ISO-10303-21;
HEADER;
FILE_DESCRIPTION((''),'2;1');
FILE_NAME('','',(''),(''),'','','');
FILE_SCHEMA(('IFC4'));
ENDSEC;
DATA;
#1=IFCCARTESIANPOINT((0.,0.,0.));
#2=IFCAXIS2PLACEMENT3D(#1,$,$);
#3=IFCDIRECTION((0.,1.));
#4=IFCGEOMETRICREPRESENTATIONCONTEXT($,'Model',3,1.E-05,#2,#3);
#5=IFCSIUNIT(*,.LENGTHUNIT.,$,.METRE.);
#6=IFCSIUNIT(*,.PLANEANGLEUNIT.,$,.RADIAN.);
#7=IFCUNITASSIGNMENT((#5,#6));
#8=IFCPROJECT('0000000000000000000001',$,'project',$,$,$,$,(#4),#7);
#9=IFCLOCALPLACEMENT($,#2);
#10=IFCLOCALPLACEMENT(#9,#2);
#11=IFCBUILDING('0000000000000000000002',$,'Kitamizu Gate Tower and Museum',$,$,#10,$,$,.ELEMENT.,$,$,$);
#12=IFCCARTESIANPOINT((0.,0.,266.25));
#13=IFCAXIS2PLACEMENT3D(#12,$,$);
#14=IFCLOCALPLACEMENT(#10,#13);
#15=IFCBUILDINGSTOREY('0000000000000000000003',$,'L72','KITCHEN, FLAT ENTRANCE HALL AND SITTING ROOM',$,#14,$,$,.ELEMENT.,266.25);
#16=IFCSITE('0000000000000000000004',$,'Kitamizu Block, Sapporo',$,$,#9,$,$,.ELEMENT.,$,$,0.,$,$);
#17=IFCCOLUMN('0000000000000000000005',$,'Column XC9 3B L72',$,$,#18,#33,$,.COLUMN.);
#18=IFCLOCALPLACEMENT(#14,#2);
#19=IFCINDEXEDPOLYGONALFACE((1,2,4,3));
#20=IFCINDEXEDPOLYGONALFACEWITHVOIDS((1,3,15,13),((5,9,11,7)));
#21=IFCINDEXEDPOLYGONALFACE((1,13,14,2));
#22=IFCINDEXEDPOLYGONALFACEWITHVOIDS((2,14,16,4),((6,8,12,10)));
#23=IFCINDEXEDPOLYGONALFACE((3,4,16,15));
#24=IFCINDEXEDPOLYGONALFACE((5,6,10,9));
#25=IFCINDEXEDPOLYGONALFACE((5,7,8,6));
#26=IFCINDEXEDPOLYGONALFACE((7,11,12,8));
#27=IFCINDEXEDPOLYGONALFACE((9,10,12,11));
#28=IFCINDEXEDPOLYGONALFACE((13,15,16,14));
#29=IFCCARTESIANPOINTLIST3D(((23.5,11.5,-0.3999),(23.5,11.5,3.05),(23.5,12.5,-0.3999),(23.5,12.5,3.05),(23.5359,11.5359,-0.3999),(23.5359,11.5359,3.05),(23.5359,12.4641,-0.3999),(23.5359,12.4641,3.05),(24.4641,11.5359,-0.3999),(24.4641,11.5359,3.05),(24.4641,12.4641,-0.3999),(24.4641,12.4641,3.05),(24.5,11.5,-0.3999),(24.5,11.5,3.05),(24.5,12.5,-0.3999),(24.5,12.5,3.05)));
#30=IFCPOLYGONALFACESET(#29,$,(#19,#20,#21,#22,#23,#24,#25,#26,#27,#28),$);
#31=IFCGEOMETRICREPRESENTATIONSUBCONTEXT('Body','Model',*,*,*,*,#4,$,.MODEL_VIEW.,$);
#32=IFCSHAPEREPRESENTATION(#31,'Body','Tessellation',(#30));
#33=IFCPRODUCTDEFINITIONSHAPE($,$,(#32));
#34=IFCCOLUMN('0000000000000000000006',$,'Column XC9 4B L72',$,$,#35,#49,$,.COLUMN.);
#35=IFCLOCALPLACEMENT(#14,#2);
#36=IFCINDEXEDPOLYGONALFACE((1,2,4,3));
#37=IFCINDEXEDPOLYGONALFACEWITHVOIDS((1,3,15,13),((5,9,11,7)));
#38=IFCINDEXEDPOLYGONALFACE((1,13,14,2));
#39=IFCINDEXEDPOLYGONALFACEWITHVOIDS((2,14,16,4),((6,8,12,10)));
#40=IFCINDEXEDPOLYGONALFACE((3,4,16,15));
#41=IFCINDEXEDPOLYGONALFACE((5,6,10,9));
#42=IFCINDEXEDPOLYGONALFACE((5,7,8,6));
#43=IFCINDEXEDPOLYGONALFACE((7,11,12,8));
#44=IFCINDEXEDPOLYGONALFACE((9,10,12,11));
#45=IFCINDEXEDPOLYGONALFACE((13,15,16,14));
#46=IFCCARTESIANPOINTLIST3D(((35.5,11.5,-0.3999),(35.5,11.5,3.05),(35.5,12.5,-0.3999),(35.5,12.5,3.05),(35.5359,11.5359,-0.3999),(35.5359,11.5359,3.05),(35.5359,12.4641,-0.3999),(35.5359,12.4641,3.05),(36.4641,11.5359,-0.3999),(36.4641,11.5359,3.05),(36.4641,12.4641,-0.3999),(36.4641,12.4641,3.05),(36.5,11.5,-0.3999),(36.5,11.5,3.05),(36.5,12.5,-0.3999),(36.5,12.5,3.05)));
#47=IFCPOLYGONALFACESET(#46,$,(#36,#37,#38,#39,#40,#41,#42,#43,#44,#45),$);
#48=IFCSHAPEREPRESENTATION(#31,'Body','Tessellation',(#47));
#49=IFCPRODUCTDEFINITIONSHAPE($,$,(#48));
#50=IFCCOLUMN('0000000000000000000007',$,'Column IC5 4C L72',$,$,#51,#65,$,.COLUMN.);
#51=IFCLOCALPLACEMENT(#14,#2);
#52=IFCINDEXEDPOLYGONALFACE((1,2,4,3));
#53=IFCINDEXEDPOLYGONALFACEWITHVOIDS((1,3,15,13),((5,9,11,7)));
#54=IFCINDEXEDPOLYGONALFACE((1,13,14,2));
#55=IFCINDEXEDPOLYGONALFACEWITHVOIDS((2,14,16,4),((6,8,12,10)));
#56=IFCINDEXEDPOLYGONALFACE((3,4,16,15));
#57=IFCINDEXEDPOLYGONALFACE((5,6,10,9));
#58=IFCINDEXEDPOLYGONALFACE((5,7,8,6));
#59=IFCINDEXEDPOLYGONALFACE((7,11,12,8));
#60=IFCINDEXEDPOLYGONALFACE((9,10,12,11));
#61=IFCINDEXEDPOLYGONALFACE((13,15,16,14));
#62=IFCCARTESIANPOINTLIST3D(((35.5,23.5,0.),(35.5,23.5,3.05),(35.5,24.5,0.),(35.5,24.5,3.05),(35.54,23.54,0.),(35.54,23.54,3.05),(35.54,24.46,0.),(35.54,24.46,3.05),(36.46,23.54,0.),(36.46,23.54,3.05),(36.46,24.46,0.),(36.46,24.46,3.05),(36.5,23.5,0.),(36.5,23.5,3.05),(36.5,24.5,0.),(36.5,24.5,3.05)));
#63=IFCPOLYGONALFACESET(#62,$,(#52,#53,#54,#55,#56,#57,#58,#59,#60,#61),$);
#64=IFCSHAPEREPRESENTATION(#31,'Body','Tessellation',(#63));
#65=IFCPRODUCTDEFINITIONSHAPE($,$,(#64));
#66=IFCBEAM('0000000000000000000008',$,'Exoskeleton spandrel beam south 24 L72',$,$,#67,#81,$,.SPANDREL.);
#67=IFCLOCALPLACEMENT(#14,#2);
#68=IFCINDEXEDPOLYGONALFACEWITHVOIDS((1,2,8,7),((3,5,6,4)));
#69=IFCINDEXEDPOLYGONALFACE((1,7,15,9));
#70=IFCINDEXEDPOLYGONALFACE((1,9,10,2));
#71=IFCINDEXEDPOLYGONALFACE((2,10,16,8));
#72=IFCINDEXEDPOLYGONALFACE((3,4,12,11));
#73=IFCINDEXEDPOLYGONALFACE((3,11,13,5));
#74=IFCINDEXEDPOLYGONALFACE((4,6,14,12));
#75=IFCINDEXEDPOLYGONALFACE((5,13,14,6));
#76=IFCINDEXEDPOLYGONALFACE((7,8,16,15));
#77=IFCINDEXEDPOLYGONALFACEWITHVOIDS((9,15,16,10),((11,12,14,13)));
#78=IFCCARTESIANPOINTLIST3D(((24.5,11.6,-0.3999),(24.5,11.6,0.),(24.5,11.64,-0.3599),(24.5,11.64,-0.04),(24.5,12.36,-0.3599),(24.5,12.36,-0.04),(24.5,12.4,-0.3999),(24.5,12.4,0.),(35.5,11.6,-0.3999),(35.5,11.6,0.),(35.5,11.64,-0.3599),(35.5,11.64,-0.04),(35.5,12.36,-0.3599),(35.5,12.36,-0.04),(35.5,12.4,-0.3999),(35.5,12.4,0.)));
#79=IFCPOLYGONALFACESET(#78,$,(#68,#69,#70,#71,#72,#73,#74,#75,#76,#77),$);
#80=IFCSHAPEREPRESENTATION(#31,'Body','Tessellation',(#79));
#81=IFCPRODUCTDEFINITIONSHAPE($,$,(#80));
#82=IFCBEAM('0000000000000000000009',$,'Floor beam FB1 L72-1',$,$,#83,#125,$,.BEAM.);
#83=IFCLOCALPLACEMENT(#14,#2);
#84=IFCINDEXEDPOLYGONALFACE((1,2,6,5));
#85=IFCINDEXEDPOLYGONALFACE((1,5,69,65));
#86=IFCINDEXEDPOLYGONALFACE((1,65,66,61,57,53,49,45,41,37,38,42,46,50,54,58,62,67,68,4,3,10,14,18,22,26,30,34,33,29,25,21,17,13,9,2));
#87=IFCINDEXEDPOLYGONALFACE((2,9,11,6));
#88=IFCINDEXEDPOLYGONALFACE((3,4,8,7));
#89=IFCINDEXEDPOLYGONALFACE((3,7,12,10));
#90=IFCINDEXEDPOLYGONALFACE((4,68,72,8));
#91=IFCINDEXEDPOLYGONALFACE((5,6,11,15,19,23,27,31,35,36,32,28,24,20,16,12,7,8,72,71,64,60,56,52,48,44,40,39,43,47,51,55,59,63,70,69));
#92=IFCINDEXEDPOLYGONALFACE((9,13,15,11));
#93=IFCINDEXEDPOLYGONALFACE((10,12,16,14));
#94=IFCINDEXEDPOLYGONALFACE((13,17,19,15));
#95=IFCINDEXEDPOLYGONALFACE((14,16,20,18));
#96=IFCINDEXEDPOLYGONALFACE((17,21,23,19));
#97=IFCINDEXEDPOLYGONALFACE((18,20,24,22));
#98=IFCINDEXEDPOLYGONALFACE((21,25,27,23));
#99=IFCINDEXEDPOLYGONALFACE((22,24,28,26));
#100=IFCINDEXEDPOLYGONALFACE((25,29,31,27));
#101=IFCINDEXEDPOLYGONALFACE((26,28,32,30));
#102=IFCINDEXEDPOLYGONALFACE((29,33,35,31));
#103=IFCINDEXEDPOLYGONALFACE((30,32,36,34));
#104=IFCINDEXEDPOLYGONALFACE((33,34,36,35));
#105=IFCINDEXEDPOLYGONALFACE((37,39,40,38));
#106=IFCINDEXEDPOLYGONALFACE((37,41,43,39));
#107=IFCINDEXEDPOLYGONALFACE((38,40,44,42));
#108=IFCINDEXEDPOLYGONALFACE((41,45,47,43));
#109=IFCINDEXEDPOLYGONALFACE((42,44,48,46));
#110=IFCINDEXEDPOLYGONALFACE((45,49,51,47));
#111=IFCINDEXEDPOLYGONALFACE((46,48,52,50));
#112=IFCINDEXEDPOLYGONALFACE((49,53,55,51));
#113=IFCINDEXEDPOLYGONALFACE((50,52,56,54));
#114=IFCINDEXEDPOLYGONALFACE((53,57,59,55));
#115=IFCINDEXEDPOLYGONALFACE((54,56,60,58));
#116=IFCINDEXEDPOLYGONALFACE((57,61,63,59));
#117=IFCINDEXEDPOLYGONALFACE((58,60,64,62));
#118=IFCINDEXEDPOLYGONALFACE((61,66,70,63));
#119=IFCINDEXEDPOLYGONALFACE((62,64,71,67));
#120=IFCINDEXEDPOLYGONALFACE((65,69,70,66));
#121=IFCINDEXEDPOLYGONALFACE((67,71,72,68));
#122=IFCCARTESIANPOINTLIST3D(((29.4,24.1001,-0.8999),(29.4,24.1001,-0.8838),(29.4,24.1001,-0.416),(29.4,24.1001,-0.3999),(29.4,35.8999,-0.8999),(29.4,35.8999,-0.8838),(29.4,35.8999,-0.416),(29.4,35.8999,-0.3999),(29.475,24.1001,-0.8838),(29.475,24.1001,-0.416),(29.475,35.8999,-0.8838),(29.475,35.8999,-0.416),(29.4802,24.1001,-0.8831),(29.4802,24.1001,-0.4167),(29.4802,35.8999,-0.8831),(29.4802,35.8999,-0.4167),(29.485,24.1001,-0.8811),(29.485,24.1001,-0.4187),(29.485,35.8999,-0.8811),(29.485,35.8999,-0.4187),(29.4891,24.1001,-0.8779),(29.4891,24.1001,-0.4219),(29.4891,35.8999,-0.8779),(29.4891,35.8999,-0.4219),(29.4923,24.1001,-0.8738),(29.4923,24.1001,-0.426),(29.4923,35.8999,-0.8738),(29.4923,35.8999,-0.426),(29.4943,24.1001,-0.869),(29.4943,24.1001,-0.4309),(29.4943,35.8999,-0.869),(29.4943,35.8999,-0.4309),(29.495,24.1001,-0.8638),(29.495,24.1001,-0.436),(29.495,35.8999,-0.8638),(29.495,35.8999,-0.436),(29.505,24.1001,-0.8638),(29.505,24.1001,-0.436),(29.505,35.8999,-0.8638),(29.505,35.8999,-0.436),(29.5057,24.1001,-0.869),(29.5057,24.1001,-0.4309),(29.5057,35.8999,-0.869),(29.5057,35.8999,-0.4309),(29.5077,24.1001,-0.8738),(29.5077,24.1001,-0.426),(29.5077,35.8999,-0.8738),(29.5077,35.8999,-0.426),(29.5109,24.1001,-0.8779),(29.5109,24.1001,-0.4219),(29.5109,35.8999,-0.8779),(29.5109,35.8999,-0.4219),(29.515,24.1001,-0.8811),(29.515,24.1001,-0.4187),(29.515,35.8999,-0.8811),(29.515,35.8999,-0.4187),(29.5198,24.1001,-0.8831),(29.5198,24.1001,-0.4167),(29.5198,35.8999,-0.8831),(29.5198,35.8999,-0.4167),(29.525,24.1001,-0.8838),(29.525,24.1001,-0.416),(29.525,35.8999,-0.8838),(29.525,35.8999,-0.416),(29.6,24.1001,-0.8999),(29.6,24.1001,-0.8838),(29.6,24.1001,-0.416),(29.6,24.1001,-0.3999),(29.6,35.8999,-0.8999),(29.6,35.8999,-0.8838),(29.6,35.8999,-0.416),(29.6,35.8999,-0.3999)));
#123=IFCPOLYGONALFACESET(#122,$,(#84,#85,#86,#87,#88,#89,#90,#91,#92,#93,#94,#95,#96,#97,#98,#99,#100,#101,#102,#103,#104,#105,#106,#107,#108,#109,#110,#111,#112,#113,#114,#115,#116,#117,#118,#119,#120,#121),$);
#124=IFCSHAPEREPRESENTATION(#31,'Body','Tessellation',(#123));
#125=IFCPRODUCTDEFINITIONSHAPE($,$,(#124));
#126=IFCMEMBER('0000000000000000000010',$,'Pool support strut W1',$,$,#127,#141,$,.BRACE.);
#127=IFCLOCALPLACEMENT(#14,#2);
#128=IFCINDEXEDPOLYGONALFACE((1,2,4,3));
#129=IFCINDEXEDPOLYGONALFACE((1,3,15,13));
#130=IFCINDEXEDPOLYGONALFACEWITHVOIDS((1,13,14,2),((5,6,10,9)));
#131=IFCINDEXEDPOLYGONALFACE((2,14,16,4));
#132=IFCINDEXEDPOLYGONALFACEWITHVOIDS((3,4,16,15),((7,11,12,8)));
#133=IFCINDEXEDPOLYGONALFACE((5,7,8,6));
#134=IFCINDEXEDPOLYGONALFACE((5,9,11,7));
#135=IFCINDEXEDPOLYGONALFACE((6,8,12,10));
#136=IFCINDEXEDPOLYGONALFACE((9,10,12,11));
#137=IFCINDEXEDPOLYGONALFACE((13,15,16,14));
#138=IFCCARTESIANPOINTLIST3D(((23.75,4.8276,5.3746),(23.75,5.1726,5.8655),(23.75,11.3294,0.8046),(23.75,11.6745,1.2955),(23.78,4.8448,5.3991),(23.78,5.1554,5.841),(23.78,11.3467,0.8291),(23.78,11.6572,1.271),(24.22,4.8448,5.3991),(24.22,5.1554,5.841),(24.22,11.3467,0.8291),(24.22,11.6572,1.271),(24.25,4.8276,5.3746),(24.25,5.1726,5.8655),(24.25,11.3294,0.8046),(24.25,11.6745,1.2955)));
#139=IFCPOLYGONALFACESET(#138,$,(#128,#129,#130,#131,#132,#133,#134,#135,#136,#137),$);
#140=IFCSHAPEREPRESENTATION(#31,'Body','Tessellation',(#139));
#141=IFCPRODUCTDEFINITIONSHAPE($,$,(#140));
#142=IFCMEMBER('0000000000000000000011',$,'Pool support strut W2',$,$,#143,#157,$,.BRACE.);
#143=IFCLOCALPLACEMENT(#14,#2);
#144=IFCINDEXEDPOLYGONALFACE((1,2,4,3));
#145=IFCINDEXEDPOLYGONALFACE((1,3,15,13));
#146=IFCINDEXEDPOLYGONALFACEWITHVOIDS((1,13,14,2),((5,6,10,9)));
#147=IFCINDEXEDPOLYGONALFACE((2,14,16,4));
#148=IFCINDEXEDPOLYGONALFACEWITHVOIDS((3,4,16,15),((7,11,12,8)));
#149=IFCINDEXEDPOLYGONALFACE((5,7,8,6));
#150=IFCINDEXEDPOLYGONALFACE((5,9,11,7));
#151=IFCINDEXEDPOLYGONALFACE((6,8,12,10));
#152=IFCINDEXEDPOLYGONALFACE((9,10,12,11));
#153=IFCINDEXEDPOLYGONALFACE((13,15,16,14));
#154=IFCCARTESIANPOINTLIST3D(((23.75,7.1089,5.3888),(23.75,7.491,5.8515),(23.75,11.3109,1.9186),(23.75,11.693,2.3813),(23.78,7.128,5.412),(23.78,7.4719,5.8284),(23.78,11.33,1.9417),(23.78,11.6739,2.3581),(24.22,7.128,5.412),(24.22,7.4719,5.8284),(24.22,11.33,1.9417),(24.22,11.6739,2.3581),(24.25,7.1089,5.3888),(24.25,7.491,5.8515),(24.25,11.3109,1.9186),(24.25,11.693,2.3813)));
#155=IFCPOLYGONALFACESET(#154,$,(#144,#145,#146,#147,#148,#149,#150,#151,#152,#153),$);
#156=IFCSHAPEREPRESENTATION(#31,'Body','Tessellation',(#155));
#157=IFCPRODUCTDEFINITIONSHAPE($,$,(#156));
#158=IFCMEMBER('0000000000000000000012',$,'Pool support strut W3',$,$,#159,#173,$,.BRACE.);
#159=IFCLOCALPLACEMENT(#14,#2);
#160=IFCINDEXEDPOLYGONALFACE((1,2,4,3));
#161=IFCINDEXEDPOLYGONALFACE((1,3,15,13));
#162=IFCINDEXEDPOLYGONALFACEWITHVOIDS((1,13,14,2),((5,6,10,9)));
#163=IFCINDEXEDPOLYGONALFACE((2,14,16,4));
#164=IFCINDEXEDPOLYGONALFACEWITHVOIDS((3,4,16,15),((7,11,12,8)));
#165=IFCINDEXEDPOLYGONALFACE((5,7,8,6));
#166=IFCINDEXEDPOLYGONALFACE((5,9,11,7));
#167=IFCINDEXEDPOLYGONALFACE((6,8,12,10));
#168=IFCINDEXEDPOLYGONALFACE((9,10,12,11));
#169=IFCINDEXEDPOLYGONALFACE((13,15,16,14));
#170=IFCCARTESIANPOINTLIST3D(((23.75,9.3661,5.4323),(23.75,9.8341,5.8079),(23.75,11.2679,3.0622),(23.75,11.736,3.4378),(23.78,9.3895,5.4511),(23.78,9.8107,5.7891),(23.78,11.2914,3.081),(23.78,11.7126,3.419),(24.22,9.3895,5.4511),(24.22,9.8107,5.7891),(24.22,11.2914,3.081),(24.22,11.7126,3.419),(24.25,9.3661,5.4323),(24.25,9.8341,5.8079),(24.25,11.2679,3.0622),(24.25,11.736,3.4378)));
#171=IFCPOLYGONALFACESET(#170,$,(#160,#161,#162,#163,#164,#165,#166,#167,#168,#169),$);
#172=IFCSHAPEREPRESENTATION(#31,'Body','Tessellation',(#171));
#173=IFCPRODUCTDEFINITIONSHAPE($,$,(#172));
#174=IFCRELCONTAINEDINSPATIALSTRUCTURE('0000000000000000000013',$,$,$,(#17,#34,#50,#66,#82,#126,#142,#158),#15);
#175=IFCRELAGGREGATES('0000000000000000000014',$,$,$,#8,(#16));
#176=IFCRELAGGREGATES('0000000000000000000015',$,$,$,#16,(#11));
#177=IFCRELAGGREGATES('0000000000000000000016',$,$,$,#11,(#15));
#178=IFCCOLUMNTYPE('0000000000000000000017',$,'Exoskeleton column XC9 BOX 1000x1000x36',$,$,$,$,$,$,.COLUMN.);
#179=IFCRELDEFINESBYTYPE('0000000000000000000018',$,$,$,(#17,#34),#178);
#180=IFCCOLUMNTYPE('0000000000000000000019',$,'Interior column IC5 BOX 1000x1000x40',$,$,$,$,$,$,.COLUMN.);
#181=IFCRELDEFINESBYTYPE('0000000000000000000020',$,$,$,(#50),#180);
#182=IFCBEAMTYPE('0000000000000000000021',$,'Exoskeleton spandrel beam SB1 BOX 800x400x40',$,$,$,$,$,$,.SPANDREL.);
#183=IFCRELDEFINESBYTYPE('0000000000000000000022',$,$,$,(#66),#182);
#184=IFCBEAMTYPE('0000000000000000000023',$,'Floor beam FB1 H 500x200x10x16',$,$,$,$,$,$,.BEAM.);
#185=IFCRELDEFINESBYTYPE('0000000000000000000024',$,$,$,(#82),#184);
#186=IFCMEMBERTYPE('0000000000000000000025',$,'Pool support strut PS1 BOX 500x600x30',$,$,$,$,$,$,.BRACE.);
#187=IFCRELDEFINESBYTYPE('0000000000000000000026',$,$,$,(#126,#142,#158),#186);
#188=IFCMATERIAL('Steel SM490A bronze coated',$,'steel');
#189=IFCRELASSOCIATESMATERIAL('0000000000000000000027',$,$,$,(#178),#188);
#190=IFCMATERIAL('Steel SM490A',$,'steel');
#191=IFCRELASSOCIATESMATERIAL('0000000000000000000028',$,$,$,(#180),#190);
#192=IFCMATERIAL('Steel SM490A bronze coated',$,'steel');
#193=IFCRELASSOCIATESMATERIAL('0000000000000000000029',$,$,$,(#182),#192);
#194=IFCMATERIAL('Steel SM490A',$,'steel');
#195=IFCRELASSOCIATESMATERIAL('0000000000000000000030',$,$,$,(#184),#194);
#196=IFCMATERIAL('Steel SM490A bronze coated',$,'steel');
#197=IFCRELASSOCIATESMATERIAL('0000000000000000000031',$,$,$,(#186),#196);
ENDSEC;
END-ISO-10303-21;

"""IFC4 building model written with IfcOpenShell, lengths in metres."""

from ifc_helpers import new_model, si_unit, direction, frame, origin, origin_2d, place, context, subcontext, project, spatial, hollow_rectangle, i_section, extrude, material, material_profile, profile_set, type_object, element, save


model = new_model("IFC4")

# Units and contexts
model_context = context("Model", 3, precision=1e-05, world=origin(), true_north=direction((0.0, 1.0)))
body_context = subcontext(model_context, "Body", "Model", "MODEL_VIEW")
ifc_project = project(units=[si_unit("LENGTHUNIT", "METRE"), si_unit("PLANEANGLEUNIT", "RADIAN")], contexts=[model_context])

# Site, building, storey
site_placement = place(None, origin())
site = spatial("IfcSite", under=ifc_project, at=site_placement, Name="Kitamizu Block, Sapporo", CompositionType="ELEMENT", RefElevation=0.0)
building_placement = place(site_placement, origin())
building = spatial("IfcBuilding", under=site, at=building_placement, Name="Kitamizu Gate Tower and Museum", CompositionType="ELEMENT")
storey_placement = place(building_placement, frame((0.0, 0.0, 266.25)))
storey = spatial("IfcBuildingStorey", under=building, at=storey_placement, Name="L72", Description="KITCHEN, FLAT ENTRANCE HALL AND SITTING ROOM", CompositionType="ELEMENT", Elevation=266.25)

# Columns
ifc_material_1 = material(Name="Steel SM490A bronze coated", Category="steel")
ifc_material_profile_1 = material_profile(ifc_material_1, hollow_rectangle(XDim=1.0, YDim=1.0, WallThickness=0.0359, at=origin_2d()), Name="BOX 1000x1000x36")
ifc_profile_set_1 = profile_set([ifc_material_profile_1], Name="Steel SM490A bronze coated")
column_type_1 = type_object("IfcColumnType", Name="Exoskeleton column XC9 BOX 1000x1000x36", PredefinedType="COLUMN", material=ifc_profile_set_1)
for number, where, z_axis, x_axis, name in (
    (1, (24.0, 12.0, -0.3999), (0.0, 0.0, 1.0), (1.0, 0.0, 0.0), "Column XC9 3B L72"),
    (2, (36.0, 12.0, -0.3999), (0.0, 0.0, 1.0), (1.0, 0.0, 0.0), "Column XC9 4B L72"),
):
    element("IfcColumn", number, at=place(storey_placement, frame(where, z_axis=z_axis, x_axis=x_axis)), inside=storey, type_object=column_type_1, Name=name, PredefinedType="COLUMN", context=body_context, shape_type="SweptSolid", body=[
        extrude(hollow_rectangle(XDim=1.0, YDim=1.0, WallThickness=0.0359, at=origin_2d()), origin(), (0.0, 0.0, 1.0), 3.45),
    ])
ifc_material_2 = material(Name="Steel SM490A", Category="steel")
ifc_material_profile_2 = material_profile(ifc_material_2, hollow_rectangle(XDim=1.0, YDim=1.0, WallThickness=0.04, at=origin_2d()), Name="BOX 1000x1000x40")
ifc_profile_set_2 = profile_set([ifc_material_profile_2], Name="Steel SM490A")
column_type_2 = type_object("IfcColumnType", Name="Interior column IC5 BOX 1000x1000x40", PredefinedType="COLUMN", material=ifc_profile_set_2)
column_placement = place(storey_placement, frame((36.0, 24.0, 0.0), z_axis=(0.0, 0.0, 1.0), x_axis=(1.0, 0.0, 0.0)))
element("IfcColumn", 3, at=column_placement, inside=storey, type_object=column_type_2, Name="Column IC5 4C L72", PredefinedType="COLUMN", context=body_context, shape_type="SweptSolid", body=[
    extrude(hollow_rectangle(XDim=1.0, YDim=1.0, WallThickness=0.04, at=origin_2d()), origin(), (0.0, 0.0, 1.0), 3.05),
])

# Beams
ifc_material_3 = material(Name="Steel SM490A bronze coated", Category="steel")
ifc_material_profile_3 = material_profile(ifc_material_3, hollow_rectangle(XDim=0.8, YDim=0.3999, WallThickness=0.04, at=origin_2d()), Name="BOX 800x400x40")
ifc_profile_set_3 = profile_set([ifc_material_profile_3], Name="Steel SM490A bronze coated")
beam_type_1 = type_object("IfcBeamType", Name="Exoskeleton spandrel beam SB1 BOX 800x400x40", PredefinedType="SPANDREL", material=ifc_profile_set_3)
beam_1_placement = place(storey_placement, frame((24.5, 12.0, -0.2), z_axis=(1.0, 0.0, 0.0), x_axis=(0.0, 1.0, 0.0)))
element("IfcBeam", 4, at=beam_1_placement, inside=storey, type_object=beam_type_1, Name="Exoskeleton spandrel beam south 24 L72", PredefinedType="SPANDREL", context=body_context, shape_type="SweptSolid", body=[
    extrude(hollow_rectangle(XDim=0.8, YDim=0.3999, WallThickness=0.04, at=origin_2d()), origin(), (0.0, 0.0, 1.0), 11.0),
])
ifc_material_4 = material(Name="Steel SM490A", Category="steel")
ifc_material_profile_4 = material_profile(ifc_material_4, i_section(OverallWidth=0.2, OverallDepth=0.5, WebThickness=0.01, FlangeThickness=0.0161, FilletRadius=0.02, at=origin_2d()), Name="H-500x200x10x16")
ifc_profile_set_4 = profile_set([ifc_material_profile_4], Name="Steel SM490A")
beam_type_2 = type_object("IfcBeamType", Name="Floor beam FB1 H 500x200x10x16", PredefinedType="BEAM", material=ifc_profile_set_4)
beam_2_placement = place(storey_placement, frame((29.5, 24.1001, -0.6499), z_axis=(0.0, 1.0, 0.0), x_axis=(-1.0, 0.0, 0.0)))
element("IfcBeam", 5, at=beam_2_placement, inside=storey, type_object=beam_type_2, Name="Floor beam FB1 L72-1", PredefinedType="BEAM", context=body_context, shape_type="SweptSolid", body=[
    extrude(i_section(OverallWidth=0.2, OverallDepth=0.5, WebThickness=0.01, FlangeThickness=0.0161, FilletRadius=0.02, at=origin_2d()), origin(), (0.0, 0.0, 1.0), 11.7998),
])

# Members
ifc_material_5 = material(Name="Steel SM490A bronze coated", Category="steel")
ifc_material_profile_5 = material_profile(ifc_material_5, hollow_rectangle(XDim=0.5, YDim=0.6001, WallThickness=0.03, at=origin_2d()), Name="BOX 500x600x30")
ifc_profile_set_5 = profile_set([ifc_material_profile_5], Name="Steel SM490A bronze coated")
member_type = type_object("IfcMemberType", Name="Pool support strut PS1 BOX 500x600x30", PredefinedType="BRACE", material=ifc_profile_set_5)
member_1_placement = place(storey_placement, frame((24.0, 11.502, 1.05), z_axis=(0.0, -0.818125, 0.575041), x_axis=(1.0, 0.0, 0.0)))
element("IfcMember", 6, at=member_1_placement, inside=storey, type_object=member_type, Name="Pool support strut W1", PredefinedType="BRACE", context=body_context, shape_type="SweptSolid", body=[
    extrude(hollow_rectangle(XDim=0.5, YDim=0.6001, WallThickness=0.03, at=origin_2d()), origin(), (0.0, 0.0, 1.0), 7.9473),
])
member_2_placement = place(storey_placement, frame((24.0, 11.502, 2.1499), z_axis=(0.0, -0.771045, 0.636781), x_axis=(1.0, 0.0, 0.0)))
element("IfcMember", 7, at=member_2_placement, inside=storey, type_object=member_type, Name="Pool support strut W2", PredefinedType="BRACE", context=body_context, shape_type="SweptSolid", body=[
    extrude(hollow_rectangle(XDim=0.5, YDim=0.6001, WallThickness=0.03, at=origin_2d()), origin(), (0.0, 0.0, 1.0), 5.4497),
])
member_3_placement = place(storey_placement, frame((24.0, 11.502, 3.25), z_axis=(0.0, -0.62585, 0.779943), x_axis=(1.0, 0.0, 0.0)))
element("IfcMember", 8, at=member_3_placement, inside=storey, type_object=member_type, Name="Pool support strut W3", PredefinedType="BRACE", context=body_context, shape_type="SweptSolid", body=[
    extrude(hollow_rectangle(XDim=0.5, YDim=0.6001, WallThickness=0.03, at=origin_2d()), origin(), (0.0, 0.0, 1.0), 3.0388),
])

save(model, "model.ifc")
